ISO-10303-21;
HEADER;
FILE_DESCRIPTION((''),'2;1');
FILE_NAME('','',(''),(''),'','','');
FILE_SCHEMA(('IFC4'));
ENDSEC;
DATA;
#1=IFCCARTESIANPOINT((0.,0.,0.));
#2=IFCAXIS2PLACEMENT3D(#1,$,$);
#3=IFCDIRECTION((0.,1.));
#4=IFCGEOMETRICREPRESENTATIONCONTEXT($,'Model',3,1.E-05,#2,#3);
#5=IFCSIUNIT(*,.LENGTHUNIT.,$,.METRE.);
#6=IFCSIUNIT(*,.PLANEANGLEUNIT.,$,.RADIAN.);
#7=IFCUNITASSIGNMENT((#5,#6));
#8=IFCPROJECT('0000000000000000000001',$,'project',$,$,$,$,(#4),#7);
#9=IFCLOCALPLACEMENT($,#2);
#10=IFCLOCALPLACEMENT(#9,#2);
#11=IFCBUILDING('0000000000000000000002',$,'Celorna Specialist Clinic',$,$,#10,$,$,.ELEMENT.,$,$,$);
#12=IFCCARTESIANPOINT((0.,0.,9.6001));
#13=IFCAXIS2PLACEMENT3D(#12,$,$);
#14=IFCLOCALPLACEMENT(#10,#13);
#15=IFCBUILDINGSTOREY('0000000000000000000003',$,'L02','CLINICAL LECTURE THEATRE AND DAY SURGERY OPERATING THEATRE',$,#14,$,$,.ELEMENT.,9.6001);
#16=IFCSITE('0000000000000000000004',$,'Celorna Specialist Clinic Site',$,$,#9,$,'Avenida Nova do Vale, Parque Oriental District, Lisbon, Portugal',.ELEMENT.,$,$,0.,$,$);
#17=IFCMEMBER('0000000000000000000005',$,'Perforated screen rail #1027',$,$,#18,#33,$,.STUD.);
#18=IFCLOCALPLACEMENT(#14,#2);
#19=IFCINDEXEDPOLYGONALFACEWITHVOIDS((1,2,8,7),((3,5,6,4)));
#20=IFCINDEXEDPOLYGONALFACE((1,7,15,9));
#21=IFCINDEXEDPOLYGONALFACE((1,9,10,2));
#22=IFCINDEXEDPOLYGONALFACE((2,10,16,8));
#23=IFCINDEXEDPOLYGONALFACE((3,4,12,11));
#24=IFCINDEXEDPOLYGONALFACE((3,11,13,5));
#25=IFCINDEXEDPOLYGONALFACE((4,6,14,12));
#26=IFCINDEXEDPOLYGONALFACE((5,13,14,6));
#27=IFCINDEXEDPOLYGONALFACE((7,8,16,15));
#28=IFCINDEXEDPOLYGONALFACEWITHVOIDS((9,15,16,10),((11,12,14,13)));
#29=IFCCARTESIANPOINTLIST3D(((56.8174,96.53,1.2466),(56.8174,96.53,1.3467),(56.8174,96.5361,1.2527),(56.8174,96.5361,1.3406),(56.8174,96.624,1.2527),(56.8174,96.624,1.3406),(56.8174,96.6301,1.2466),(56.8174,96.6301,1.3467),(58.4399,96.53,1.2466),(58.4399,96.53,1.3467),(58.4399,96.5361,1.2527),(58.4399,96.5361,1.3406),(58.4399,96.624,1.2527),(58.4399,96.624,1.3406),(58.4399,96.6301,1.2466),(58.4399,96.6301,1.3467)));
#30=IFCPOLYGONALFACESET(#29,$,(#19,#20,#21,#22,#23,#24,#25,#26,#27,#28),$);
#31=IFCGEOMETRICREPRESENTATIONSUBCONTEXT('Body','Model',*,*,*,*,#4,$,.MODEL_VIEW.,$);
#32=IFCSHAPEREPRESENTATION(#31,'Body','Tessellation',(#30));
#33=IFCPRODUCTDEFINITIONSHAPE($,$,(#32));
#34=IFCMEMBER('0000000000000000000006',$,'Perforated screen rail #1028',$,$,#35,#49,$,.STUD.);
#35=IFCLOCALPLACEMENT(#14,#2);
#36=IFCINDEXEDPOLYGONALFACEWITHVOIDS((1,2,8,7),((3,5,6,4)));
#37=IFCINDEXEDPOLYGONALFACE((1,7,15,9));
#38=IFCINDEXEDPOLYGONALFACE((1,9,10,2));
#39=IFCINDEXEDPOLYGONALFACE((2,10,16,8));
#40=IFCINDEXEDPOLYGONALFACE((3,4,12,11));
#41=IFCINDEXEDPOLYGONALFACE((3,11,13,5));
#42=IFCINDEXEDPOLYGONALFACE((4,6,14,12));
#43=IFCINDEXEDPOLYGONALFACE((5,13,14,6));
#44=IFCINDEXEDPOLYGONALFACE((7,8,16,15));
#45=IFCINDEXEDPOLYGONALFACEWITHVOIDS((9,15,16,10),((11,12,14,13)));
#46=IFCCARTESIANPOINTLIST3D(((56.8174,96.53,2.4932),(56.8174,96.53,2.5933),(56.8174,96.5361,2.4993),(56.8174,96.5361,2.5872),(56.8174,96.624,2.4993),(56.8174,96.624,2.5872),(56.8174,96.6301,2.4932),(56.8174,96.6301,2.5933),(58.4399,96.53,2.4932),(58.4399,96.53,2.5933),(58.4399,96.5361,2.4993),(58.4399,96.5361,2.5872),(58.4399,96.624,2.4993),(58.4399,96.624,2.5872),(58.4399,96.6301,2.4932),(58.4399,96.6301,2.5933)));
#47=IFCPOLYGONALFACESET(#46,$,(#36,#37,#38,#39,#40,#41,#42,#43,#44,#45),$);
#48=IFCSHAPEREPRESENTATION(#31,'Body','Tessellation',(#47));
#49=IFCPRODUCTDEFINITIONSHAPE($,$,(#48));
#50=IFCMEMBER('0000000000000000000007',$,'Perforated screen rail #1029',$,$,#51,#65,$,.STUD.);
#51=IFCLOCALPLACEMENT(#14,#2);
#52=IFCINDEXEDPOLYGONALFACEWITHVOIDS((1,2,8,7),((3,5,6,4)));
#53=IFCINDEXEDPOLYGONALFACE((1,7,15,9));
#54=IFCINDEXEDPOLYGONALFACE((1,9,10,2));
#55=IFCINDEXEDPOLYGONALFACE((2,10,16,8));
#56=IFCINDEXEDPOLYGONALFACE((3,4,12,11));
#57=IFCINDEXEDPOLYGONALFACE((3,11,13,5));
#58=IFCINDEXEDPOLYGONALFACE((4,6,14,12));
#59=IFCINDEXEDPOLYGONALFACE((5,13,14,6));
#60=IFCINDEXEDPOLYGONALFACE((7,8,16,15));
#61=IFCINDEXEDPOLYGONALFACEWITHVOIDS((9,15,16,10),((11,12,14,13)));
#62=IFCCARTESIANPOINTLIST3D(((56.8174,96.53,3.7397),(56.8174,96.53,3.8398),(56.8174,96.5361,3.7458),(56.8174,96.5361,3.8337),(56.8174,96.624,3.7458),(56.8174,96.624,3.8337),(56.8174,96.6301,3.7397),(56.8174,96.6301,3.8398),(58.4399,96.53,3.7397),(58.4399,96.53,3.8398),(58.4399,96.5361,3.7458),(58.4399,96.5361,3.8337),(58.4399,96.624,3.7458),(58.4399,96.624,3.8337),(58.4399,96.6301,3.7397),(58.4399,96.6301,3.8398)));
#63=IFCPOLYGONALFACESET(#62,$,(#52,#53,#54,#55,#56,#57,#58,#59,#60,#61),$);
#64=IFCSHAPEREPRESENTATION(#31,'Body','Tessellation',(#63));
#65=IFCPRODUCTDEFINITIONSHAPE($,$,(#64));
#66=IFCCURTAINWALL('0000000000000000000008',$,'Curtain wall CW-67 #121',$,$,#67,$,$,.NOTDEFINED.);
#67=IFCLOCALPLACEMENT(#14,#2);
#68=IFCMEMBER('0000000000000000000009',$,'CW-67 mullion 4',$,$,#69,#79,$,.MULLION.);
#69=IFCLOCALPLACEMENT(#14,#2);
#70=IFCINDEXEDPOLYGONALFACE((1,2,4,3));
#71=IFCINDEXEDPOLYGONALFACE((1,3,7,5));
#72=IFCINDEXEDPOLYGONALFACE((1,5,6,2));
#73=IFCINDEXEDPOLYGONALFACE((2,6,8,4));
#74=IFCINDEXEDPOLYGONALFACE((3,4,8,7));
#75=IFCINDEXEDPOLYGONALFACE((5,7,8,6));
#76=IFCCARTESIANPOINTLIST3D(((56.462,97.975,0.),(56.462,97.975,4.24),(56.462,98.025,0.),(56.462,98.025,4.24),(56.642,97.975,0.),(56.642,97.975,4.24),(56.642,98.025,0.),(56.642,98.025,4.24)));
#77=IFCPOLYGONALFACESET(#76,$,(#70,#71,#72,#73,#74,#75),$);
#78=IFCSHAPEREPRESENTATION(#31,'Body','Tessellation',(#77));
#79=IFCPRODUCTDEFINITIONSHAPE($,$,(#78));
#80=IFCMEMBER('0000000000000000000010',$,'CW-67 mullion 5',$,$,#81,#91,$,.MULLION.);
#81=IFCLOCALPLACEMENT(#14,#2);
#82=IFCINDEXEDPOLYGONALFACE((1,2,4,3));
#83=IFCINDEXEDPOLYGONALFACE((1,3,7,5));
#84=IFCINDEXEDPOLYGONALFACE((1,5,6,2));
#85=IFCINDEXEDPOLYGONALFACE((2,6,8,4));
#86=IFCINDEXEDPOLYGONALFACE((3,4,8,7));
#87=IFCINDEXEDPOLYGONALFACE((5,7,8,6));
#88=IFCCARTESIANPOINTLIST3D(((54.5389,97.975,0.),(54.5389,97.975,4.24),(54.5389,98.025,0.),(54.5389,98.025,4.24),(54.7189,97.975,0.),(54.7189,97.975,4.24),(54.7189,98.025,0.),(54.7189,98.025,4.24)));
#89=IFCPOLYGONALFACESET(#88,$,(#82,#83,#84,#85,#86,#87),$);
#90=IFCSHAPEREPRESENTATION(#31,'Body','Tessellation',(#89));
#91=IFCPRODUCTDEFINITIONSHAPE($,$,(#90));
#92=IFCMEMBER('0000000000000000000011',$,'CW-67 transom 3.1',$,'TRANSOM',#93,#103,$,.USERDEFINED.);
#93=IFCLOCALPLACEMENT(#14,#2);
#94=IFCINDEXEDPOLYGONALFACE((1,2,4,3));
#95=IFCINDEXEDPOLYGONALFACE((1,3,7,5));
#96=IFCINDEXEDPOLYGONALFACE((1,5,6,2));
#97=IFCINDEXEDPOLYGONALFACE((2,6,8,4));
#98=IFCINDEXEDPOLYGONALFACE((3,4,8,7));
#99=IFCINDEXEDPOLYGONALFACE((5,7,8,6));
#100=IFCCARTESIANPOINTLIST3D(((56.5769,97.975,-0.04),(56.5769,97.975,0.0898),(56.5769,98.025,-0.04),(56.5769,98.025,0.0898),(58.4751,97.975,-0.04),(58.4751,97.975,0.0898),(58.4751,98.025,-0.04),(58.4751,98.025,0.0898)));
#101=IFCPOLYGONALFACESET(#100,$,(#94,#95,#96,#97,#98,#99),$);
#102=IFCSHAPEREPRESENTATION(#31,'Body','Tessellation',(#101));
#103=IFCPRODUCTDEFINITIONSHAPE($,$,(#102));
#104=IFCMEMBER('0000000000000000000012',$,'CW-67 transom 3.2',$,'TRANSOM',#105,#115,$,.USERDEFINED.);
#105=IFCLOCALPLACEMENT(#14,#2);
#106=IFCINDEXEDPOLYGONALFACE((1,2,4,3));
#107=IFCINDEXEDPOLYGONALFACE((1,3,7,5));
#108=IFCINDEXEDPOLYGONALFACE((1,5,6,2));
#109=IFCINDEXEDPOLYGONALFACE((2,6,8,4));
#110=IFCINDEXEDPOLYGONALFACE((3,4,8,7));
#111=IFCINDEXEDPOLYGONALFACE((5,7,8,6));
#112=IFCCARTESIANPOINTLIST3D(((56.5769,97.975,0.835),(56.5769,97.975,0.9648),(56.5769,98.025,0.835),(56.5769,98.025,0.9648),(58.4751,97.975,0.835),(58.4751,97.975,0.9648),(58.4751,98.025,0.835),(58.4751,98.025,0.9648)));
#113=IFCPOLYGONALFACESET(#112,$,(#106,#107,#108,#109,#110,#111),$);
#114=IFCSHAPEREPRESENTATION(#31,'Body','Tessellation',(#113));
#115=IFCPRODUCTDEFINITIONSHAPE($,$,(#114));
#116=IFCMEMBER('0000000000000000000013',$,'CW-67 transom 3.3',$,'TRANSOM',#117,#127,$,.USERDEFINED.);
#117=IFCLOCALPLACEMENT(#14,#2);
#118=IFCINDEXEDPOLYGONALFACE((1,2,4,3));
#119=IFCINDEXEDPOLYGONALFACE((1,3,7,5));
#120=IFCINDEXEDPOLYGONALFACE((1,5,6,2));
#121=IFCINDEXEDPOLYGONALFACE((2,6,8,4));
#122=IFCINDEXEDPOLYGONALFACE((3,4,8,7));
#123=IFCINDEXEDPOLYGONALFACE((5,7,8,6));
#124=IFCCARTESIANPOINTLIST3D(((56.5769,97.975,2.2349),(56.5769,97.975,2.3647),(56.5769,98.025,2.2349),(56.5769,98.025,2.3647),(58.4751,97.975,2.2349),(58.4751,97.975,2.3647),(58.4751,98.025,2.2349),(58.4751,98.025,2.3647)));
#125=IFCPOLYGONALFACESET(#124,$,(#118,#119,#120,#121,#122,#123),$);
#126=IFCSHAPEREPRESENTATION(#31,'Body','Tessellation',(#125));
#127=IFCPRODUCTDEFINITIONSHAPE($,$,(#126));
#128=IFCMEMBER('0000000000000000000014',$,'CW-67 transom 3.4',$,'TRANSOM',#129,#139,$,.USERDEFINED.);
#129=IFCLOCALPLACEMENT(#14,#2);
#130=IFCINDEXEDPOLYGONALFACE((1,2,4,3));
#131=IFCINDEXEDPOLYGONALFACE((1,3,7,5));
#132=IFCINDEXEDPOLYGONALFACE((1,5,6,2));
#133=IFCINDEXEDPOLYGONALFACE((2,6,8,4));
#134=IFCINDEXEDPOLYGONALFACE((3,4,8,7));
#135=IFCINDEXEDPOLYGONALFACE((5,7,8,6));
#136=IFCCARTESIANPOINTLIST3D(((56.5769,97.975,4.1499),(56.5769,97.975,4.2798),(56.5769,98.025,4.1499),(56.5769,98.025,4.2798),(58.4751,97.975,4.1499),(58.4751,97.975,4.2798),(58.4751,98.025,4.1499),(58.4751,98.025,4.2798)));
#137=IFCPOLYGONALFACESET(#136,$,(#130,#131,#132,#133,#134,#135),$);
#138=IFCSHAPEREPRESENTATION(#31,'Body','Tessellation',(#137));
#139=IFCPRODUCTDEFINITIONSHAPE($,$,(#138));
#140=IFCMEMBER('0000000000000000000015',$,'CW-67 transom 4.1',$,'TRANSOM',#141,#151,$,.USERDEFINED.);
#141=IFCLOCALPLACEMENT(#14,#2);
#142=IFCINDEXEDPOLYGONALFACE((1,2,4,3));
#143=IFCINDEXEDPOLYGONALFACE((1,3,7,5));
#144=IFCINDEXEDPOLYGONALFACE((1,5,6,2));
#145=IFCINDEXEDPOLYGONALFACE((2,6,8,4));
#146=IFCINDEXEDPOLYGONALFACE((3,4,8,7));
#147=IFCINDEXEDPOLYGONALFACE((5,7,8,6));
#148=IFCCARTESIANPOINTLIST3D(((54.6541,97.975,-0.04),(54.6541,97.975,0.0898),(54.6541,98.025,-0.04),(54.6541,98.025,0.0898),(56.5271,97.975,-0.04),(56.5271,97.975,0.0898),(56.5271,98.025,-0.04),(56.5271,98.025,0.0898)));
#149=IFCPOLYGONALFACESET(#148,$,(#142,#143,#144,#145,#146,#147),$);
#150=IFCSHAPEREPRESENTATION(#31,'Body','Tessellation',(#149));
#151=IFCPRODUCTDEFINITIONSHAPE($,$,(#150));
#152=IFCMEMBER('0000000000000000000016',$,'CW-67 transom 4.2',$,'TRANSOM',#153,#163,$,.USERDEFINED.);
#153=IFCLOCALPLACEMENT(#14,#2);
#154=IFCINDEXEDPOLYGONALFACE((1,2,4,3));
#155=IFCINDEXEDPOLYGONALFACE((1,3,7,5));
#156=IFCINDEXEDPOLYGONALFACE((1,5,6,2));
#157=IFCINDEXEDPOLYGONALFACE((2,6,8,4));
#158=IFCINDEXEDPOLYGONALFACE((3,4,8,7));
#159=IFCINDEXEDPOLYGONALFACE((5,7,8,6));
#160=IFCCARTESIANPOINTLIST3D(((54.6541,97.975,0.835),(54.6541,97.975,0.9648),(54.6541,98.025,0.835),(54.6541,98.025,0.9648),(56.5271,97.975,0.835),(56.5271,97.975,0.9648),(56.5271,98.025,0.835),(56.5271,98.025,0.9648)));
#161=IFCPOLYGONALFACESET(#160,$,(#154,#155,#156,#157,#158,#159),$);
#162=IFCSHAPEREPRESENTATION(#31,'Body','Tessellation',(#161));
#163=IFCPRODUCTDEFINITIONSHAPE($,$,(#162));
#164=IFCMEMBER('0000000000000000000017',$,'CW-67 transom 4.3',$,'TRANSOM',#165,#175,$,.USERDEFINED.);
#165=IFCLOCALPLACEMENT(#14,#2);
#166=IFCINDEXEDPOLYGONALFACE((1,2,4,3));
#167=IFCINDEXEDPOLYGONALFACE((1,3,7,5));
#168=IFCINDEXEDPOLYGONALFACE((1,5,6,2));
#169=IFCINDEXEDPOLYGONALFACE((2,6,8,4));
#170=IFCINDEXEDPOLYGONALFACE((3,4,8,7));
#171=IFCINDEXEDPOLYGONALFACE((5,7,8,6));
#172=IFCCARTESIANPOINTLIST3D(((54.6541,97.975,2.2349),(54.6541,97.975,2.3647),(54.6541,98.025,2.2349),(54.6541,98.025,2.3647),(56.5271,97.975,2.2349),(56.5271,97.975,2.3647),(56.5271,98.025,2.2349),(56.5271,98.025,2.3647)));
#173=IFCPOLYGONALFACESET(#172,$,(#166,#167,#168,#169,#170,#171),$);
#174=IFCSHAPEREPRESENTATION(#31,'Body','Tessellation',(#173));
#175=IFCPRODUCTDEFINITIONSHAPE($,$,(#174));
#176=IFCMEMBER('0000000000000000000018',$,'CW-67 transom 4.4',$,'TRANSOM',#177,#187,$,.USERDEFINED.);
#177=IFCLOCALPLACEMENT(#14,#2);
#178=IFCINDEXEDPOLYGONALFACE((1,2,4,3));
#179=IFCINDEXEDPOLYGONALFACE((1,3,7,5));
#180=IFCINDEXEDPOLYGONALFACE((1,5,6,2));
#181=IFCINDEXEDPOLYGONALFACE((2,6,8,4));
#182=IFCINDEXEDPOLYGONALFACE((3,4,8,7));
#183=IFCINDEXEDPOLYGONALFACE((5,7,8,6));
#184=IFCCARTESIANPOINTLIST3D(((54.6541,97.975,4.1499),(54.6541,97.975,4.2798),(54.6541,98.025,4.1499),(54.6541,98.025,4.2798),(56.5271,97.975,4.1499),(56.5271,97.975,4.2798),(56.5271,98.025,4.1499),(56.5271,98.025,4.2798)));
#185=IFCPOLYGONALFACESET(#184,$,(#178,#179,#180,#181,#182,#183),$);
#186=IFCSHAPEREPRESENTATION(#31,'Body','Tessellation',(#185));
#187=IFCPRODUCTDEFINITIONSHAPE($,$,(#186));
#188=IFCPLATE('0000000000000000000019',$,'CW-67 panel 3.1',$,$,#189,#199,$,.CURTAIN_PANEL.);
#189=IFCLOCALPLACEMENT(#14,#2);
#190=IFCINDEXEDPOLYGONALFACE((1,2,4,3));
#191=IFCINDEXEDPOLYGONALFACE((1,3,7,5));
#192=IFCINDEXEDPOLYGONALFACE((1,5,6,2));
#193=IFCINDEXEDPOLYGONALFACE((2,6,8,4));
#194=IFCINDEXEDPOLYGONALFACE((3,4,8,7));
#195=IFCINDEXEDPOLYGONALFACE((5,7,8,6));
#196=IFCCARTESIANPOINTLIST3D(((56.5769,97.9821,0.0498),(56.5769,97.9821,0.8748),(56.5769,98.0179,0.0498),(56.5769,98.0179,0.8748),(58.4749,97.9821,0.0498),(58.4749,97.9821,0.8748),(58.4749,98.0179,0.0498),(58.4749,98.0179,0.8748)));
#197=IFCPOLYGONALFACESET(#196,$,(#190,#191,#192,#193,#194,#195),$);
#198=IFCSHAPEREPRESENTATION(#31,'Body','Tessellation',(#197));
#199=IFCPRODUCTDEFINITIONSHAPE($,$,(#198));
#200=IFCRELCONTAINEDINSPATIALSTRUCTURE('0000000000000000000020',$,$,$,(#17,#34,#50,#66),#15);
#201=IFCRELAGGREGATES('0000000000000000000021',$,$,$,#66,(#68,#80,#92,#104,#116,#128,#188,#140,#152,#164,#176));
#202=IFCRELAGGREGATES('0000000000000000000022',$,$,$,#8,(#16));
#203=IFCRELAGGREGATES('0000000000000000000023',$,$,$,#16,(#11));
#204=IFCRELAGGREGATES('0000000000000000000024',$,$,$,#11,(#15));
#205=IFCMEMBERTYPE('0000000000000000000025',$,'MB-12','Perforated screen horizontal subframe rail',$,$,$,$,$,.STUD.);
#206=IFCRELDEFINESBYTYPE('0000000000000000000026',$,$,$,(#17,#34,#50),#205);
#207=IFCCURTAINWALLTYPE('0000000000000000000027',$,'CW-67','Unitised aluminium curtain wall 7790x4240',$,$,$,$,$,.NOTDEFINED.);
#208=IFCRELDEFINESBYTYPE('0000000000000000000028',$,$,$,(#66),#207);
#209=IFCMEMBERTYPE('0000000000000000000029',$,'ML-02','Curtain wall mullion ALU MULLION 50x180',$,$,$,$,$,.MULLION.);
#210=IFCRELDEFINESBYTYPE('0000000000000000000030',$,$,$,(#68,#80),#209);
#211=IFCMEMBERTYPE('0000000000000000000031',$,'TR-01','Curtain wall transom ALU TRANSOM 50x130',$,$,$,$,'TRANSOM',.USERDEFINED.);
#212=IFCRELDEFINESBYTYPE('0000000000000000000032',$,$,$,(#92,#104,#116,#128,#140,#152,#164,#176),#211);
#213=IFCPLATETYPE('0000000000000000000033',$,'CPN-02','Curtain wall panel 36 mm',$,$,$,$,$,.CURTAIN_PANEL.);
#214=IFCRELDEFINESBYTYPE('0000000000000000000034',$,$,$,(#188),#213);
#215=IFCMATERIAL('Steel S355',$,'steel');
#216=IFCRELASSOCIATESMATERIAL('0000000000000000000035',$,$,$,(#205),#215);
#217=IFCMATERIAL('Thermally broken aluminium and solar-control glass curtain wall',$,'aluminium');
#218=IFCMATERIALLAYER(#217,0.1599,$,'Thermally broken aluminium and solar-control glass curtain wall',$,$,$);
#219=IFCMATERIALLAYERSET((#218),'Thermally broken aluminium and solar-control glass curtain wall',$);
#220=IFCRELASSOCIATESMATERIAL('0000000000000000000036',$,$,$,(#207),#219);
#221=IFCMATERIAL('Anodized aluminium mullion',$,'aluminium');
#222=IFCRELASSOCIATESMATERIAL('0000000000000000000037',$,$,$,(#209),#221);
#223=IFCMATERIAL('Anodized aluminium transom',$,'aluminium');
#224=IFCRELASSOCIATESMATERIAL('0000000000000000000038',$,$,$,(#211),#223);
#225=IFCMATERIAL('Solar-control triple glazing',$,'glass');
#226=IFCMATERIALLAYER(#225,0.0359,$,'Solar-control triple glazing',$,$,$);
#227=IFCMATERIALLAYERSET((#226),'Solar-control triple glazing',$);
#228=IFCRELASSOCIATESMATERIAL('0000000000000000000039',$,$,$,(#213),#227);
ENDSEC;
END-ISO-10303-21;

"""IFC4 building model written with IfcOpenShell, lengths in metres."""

from ifc_helpers import new_model, si_unit, direction, frame, origin, origin_2d, place, context, subcontext, project, spatial, rectangle, hollow_rectangle, extrude, material, layer, layer_set, material_profile, profile_set, type_object, element, aggregate, save


model = new_model("IFC4")

# Units and contexts
model_context = context("Model", 3, precision=1e-05, world=origin(), true_north=direction((0.0, 1.0)))
body_context = subcontext(model_context, "Body", "Model", "MODEL_VIEW")
ifc_project = project(units=[si_unit("LENGTHUNIT", "METRE"), si_unit("PLANEANGLEUNIT", "RADIAN")], contexts=[model_context])

# Site, building, storey
site_placement = place(None, origin())
site = spatial("IfcSite", under=ifc_project, at=site_placement, Name="Celorna Specialist Clinic Site", LongName="Avenida Nova do Vale, Parque Oriental District, Lisbon, Portugal", CompositionType="ELEMENT", RefElevation=0.0)
building_placement = place(site_placement, origin())
building = spatial("IfcBuilding", under=site, at=building_placement, Name="Celorna Specialist Clinic", CompositionType="ELEMENT")
storey_placement = place(building_placement, frame((0.0, 0.0, 9.6001)))
storey = spatial("IfcBuildingStorey", under=building, at=storey_placement, Name="L02", Description="CLINICAL LECTURE THEATRE AND DAY SURGERY OPERATING THEATRE", CompositionType="ELEMENT", Elevation=9.6001)

# Shared definitions
ifc_material_1 = material(Name="Steel S355", Category="steel")

# Members
ifc_material_profile_1 = material_profile(ifc_material_1, hollow_rectangle(XDim=0.1001, YDim=0.1001, WallThickness=0.0061, at=origin_2d()), Name="SHS 100x100x6")
ifc_profile_set_1 = profile_set([ifc_material_profile_1], Name="Steel S355")
member_type_1 = type_object("IfcMemberType", Name="MB-12", Description="Perforated screen horizontal subframe rail", PredefinedType="STUD", material=ifc_profile_set_1)
for number, where, z_axis, x_axis, name in (
    (1, (56.8174, 96.5801, 1.2966), (1.0, 0.0, 0.0), (0.0, 1.0, 0.0), "Perforated screen rail #1027"),
    (2, (56.8174, 96.5801, 2.5432), (1.0, 0.0, 0.0), (0.0, 1.0, 0.0), "Perforated screen rail #1028"),
    (3, (56.8174, 96.5801, 3.7898), (1.0, 0.0, 0.0), (0.0, 1.0, 0.0), "Perforated screen rail #1029"),
):
    element("IfcMember", number, at=place(storey_placement, frame(where, z_axis=z_axis, x_axis=x_axis)), inside=storey, type_object=member_type_1, Name=name, PredefinedType="STUD", context=body_context, shape_type="SweptSolid", body=[
        extrude(hollow_rectangle(XDim=0.1001, YDim=0.1001, WallThickness=0.0061, at=origin_2d()), origin(), (0.0, 0.0, 1.0), 1.6226),
    ])

# Curtain wall, members, plate
ifc_material_2 = material(Name="Thermally broken aluminium and solar-control glass curtain wall", Category="aluminium")
ifc_layer_1 = layer(ifc_material_2, 0.1599, Name="Thermally broken aluminium and solar-control glass curtain wall")
ifc_layer_set_1 = layer_set([ifc_layer_1], Name="Thermally broken aluminium and solar-control glass curtain wall")
curtain_wall_type = type_object("IfcCurtainWallType", Name="CW-67", Description="Unitised aluminium curtain wall 7790x4240", PredefinedType="NOTDEFINED", material=ifc_layer_set_1)
curtain_wall_placement = place(storey_placement, origin())
curtain_wall = element("IfcCurtainWall", 4, at=curtain_wall_placement, inside=storey, type_object=curtain_wall_type, Name="Curtain wall CW-67 #121", PredefinedType="NOTDEFINED")
ifc_material_3 = material(Name="Anodized aluminium mullion", Category="aluminium")
ifc_material_profile_2 = material_profile(ifc_material_3, rectangle(XDim=0.05, YDim=0.1799, at=origin_2d()), Name="ALU MULLION 50x180")
ifc_profile_set_2 = profile_set([ifc_material_profile_2], Name="Anodized aluminium mullion")
member_type_2 = type_object("IfcMemberType", Name="ML-02", Description="Curtain wall mullion ALU MULLION 50x180", PredefinedType="MULLION", material=ifc_profile_set_2)
member_1_placement = place(storey_placement, frame((56.552, 98.0, 0.0), z_axis=(0.0, 0.0, 1.0), x_axis=(0.0, -1.0, 0.0)))
member_1 = element("IfcMember", 5, at=member_1_placement, type_object=member_type_2, Name="CW-67 mullion 4", PredefinedType="MULLION", context=body_context, shape_type="SweptSolid", body=[
    extrude(rectangle(XDim=0.05, YDim=0.1799, at=origin_2d()), origin(), (0.0, 0.0, 1.0), 4.24),
])
member_2_placement = place(storey_placement, frame((54.6289, 98.0, 0.0), z_axis=(0.0, 0.0, 1.0), x_axis=(0.0, -1.0, 0.0)))
member_2 = element("IfcMember", 6, at=member_2_placement, type_object=member_type_2, Name="CW-67 mullion 5", PredefinedType="MULLION", context=body_context, shape_type="SweptSolid", body=[
    extrude(rectangle(XDim=0.05, YDim=0.1799, at=origin_2d()), origin(), (0.0, 0.0, 1.0), 4.24),
])
ifc_material_4 = material(Name="Anodized aluminium transom", Category="aluminium")
ifc_material_profile_3 = material_profile(ifc_material_4, rectangle(XDim=0.05, YDim=0.1299, at=origin_2d()), Name="ALU TRANSOM 50x130")
ifc_profile_set_3 = profile_set([ifc_material_profile_3], Name="Anodized aluminium transom")
member_type_3 = type_object("IfcMemberType", Name="TR-01", Description="Curtain wall transom ALU TRANSOM 50x130", ElementType="TRANSOM", PredefinedType="USERDEFINED", material=ifc_profile_set_3)
member_3_placement = place(storey_placement, frame((58.4751, 98.0, 0.0249), z_axis=(-1.0, 0.0, 0.0), x_axis=(0.0, -1.0, 0.0)))
member_3 = element("IfcMember", 7, at=member_3_placement, type_object=member_type_3, Name="CW-67 transom 3.1", ObjectType="TRANSOM", PredefinedType="USERDEFINED", context=body_context, shape_type="SweptSolid", body=[
    extrude(rectangle(XDim=0.05, YDim=0.1299, at=origin_2d()), origin(), (0.0, 0.0, 1.0), 1.8982),
])
member_4_placement = place(storey_placement, frame((58.4751, 98.0, 0.8999), z_axis=(-1.0, 0.0, 0.0), x_axis=(0.0, -1.0, 0.0)))
member_4 = element("IfcMember", 8, at=member_4_placement, type_object=member_type_3, Name="CW-67 transom 3.2", ObjectType="TRANSOM", PredefinedType="USERDEFINED", context=body_context, shape_type="SweptSolid", body=[
    extrude(rectangle(XDim=0.05, YDim=0.1299, at=origin_2d()), origin(), (0.0, 0.0, 1.0), 1.8982),
])
member_5_placement = place(storey_placement, frame((58.4751, 98.0, 2.2998), z_axis=(-1.0, 0.0, 0.0), x_axis=(0.0, -1.0, 0.0)))
member_5 = element("IfcMember", 9, at=member_5_placement, type_object=member_type_3, Name="CW-67 transom 3.3", ObjectType="TRANSOM", PredefinedType="USERDEFINED", context=body_context, shape_type="SweptSolid", body=[
    extrude(rectangle(XDim=0.05, YDim=0.1299, at=origin_2d()), origin(), (0.0, 0.0, 1.0), 1.8982),
])
member_6_placement = place(storey_placement, frame((58.4751, 98.0, 4.2148), z_axis=(-1.0, 0.0, 0.0), x_axis=(0.0, -1.0, 0.0)))
member_6 = element("IfcMember", 10, at=member_6_placement, type_object=member_type_3, Name="CW-67 transom 3.4", ObjectType="TRANSOM", PredefinedType="USERDEFINED", context=body_context, shape_type="SweptSolid", body=[
    extrude(rectangle(XDim=0.05, YDim=0.1299, at=origin_2d()), origin(), (0.0, 0.0, 1.0), 1.8982),
])
member_7_placement = place(storey_placement, frame((56.5271, 98.0, 0.0249), z_axis=(-1.0, 0.0, 0.0), x_axis=(0.0, -1.0, 0.0)))
member_7 = element("IfcMember", 11, at=member_7_placement, type_object=member_type_3, Name="CW-67 transom 4.1", ObjectType="TRANSOM", PredefinedType="USERDEFINED", context=body_context, shape_type="SweptSolid", body=[
    extrude(rectangle(XDim=0.05, YDim=0.1299, at=origin_2d()), origin(), (0.0, 0.0, 1.0), 1.873),
])
member_8_placement = place(storey_placement, frame((56.5271, 98.0, 0.8999), z_axis=(-1.0, 0.0, 0.0), x_axis=(0.0, -1.0, 0.0)))
member_8 = element("IfcMember", 12, at=member_8_placement, type_object=member_type_3, Name="CW-67 transom 4.2", ObjectType="TRANSOM", PredefinedType="USERDEFINED", context=body_context, shape_type="SweptSolid", body=[
    extrude(rectangle(XDim=0.05, YDim=0.1299, at=origin_2d()), origin(), (0.0, 0.0, 1.0), 1.873),
])
member_9_placement = place(storey_placement, frame((56.5271, 98.0, 2.2998), z_axis=(-1.0, 0.0, 0.0), x_axis=(0.0, -1.0, 0.0)))
member_9 = element("IfcMember", 13, at=member_9_placement, type_object=member_type_3, Name="CW-67 transom 4.3", ObjectType="TRANSOM", PredefinedType="USERDEFINED", context=body_context, shape_type="SweptSolid", body=[
    extrude(rectangle(XDim=0.05, YDim=0.1299, at=origin_2d()), origin(), (0.0, 0.0, 1.0), 1.873),
])
member_10_placement = place(storey_placement, frame((56.5271, 98.0, 4.2148), z_axis=(-1.0, 0.0, 0.0), x_axis=(0.0, -1.0, 0.0)))
member_10 = element("IfcMember", 14, at=member_10_placement, type_object=member_type_3, Name="CW-67 transom 4.4", ObjectType="TRANSOM", PredefinedType="USERDEFINED", context=body_context, shape_type="SweptSolid", body=[
    extrude(rectangle(XDim=0.05, YDim=0.1299, at=origin_2d()), origin(), (0.0, 0.0, 1.0), 1.873),
])
ifc_material_5 = material(Name="Solar-control triple glazing", Category="glass")
ifc_layer_2 = layer(ifc_material_5, 0.0359, Name="Solar-control triple glazing")
ifc_layer_set_2 = layer_set([ifc_layer_2], Name="Solar-control triple glazing")
plate_type = type_object("IfcPlateType", Name="CPN-02", Description="Curtain wall panel 36 mm", PredefinedType="CURTAIN_PANEL", material=ifc_layer_set_2)
plate_1_placement = place(storey_placement, frame((57.5259, 98.0, 0.0498), z_axis=(0.0, 0.0, 1.0), x_axis=(-1.0, 0.0, 0.0)))
plate_1 = element("IfcPlate", 15, at=plate_1_placement, type_object=plate_type, Name="CW-67 panel 3.1", PredefinedType="CURTAIN_PANEL", context=body_context, shape_type="SweptSolid", body=[
    extrude(rectangle(XDim=1.8979, YDim=0.0359, at=origin_2d()), origin(), (0.0, 0.0, 1.0), 0.825),
])
aggregate(curtain_wall, [member_1, member_2, member_3, member_4, member_5, member_6, plate_1, member_7, member_8, member_9, member_10])

save(model, "model.ifc")
